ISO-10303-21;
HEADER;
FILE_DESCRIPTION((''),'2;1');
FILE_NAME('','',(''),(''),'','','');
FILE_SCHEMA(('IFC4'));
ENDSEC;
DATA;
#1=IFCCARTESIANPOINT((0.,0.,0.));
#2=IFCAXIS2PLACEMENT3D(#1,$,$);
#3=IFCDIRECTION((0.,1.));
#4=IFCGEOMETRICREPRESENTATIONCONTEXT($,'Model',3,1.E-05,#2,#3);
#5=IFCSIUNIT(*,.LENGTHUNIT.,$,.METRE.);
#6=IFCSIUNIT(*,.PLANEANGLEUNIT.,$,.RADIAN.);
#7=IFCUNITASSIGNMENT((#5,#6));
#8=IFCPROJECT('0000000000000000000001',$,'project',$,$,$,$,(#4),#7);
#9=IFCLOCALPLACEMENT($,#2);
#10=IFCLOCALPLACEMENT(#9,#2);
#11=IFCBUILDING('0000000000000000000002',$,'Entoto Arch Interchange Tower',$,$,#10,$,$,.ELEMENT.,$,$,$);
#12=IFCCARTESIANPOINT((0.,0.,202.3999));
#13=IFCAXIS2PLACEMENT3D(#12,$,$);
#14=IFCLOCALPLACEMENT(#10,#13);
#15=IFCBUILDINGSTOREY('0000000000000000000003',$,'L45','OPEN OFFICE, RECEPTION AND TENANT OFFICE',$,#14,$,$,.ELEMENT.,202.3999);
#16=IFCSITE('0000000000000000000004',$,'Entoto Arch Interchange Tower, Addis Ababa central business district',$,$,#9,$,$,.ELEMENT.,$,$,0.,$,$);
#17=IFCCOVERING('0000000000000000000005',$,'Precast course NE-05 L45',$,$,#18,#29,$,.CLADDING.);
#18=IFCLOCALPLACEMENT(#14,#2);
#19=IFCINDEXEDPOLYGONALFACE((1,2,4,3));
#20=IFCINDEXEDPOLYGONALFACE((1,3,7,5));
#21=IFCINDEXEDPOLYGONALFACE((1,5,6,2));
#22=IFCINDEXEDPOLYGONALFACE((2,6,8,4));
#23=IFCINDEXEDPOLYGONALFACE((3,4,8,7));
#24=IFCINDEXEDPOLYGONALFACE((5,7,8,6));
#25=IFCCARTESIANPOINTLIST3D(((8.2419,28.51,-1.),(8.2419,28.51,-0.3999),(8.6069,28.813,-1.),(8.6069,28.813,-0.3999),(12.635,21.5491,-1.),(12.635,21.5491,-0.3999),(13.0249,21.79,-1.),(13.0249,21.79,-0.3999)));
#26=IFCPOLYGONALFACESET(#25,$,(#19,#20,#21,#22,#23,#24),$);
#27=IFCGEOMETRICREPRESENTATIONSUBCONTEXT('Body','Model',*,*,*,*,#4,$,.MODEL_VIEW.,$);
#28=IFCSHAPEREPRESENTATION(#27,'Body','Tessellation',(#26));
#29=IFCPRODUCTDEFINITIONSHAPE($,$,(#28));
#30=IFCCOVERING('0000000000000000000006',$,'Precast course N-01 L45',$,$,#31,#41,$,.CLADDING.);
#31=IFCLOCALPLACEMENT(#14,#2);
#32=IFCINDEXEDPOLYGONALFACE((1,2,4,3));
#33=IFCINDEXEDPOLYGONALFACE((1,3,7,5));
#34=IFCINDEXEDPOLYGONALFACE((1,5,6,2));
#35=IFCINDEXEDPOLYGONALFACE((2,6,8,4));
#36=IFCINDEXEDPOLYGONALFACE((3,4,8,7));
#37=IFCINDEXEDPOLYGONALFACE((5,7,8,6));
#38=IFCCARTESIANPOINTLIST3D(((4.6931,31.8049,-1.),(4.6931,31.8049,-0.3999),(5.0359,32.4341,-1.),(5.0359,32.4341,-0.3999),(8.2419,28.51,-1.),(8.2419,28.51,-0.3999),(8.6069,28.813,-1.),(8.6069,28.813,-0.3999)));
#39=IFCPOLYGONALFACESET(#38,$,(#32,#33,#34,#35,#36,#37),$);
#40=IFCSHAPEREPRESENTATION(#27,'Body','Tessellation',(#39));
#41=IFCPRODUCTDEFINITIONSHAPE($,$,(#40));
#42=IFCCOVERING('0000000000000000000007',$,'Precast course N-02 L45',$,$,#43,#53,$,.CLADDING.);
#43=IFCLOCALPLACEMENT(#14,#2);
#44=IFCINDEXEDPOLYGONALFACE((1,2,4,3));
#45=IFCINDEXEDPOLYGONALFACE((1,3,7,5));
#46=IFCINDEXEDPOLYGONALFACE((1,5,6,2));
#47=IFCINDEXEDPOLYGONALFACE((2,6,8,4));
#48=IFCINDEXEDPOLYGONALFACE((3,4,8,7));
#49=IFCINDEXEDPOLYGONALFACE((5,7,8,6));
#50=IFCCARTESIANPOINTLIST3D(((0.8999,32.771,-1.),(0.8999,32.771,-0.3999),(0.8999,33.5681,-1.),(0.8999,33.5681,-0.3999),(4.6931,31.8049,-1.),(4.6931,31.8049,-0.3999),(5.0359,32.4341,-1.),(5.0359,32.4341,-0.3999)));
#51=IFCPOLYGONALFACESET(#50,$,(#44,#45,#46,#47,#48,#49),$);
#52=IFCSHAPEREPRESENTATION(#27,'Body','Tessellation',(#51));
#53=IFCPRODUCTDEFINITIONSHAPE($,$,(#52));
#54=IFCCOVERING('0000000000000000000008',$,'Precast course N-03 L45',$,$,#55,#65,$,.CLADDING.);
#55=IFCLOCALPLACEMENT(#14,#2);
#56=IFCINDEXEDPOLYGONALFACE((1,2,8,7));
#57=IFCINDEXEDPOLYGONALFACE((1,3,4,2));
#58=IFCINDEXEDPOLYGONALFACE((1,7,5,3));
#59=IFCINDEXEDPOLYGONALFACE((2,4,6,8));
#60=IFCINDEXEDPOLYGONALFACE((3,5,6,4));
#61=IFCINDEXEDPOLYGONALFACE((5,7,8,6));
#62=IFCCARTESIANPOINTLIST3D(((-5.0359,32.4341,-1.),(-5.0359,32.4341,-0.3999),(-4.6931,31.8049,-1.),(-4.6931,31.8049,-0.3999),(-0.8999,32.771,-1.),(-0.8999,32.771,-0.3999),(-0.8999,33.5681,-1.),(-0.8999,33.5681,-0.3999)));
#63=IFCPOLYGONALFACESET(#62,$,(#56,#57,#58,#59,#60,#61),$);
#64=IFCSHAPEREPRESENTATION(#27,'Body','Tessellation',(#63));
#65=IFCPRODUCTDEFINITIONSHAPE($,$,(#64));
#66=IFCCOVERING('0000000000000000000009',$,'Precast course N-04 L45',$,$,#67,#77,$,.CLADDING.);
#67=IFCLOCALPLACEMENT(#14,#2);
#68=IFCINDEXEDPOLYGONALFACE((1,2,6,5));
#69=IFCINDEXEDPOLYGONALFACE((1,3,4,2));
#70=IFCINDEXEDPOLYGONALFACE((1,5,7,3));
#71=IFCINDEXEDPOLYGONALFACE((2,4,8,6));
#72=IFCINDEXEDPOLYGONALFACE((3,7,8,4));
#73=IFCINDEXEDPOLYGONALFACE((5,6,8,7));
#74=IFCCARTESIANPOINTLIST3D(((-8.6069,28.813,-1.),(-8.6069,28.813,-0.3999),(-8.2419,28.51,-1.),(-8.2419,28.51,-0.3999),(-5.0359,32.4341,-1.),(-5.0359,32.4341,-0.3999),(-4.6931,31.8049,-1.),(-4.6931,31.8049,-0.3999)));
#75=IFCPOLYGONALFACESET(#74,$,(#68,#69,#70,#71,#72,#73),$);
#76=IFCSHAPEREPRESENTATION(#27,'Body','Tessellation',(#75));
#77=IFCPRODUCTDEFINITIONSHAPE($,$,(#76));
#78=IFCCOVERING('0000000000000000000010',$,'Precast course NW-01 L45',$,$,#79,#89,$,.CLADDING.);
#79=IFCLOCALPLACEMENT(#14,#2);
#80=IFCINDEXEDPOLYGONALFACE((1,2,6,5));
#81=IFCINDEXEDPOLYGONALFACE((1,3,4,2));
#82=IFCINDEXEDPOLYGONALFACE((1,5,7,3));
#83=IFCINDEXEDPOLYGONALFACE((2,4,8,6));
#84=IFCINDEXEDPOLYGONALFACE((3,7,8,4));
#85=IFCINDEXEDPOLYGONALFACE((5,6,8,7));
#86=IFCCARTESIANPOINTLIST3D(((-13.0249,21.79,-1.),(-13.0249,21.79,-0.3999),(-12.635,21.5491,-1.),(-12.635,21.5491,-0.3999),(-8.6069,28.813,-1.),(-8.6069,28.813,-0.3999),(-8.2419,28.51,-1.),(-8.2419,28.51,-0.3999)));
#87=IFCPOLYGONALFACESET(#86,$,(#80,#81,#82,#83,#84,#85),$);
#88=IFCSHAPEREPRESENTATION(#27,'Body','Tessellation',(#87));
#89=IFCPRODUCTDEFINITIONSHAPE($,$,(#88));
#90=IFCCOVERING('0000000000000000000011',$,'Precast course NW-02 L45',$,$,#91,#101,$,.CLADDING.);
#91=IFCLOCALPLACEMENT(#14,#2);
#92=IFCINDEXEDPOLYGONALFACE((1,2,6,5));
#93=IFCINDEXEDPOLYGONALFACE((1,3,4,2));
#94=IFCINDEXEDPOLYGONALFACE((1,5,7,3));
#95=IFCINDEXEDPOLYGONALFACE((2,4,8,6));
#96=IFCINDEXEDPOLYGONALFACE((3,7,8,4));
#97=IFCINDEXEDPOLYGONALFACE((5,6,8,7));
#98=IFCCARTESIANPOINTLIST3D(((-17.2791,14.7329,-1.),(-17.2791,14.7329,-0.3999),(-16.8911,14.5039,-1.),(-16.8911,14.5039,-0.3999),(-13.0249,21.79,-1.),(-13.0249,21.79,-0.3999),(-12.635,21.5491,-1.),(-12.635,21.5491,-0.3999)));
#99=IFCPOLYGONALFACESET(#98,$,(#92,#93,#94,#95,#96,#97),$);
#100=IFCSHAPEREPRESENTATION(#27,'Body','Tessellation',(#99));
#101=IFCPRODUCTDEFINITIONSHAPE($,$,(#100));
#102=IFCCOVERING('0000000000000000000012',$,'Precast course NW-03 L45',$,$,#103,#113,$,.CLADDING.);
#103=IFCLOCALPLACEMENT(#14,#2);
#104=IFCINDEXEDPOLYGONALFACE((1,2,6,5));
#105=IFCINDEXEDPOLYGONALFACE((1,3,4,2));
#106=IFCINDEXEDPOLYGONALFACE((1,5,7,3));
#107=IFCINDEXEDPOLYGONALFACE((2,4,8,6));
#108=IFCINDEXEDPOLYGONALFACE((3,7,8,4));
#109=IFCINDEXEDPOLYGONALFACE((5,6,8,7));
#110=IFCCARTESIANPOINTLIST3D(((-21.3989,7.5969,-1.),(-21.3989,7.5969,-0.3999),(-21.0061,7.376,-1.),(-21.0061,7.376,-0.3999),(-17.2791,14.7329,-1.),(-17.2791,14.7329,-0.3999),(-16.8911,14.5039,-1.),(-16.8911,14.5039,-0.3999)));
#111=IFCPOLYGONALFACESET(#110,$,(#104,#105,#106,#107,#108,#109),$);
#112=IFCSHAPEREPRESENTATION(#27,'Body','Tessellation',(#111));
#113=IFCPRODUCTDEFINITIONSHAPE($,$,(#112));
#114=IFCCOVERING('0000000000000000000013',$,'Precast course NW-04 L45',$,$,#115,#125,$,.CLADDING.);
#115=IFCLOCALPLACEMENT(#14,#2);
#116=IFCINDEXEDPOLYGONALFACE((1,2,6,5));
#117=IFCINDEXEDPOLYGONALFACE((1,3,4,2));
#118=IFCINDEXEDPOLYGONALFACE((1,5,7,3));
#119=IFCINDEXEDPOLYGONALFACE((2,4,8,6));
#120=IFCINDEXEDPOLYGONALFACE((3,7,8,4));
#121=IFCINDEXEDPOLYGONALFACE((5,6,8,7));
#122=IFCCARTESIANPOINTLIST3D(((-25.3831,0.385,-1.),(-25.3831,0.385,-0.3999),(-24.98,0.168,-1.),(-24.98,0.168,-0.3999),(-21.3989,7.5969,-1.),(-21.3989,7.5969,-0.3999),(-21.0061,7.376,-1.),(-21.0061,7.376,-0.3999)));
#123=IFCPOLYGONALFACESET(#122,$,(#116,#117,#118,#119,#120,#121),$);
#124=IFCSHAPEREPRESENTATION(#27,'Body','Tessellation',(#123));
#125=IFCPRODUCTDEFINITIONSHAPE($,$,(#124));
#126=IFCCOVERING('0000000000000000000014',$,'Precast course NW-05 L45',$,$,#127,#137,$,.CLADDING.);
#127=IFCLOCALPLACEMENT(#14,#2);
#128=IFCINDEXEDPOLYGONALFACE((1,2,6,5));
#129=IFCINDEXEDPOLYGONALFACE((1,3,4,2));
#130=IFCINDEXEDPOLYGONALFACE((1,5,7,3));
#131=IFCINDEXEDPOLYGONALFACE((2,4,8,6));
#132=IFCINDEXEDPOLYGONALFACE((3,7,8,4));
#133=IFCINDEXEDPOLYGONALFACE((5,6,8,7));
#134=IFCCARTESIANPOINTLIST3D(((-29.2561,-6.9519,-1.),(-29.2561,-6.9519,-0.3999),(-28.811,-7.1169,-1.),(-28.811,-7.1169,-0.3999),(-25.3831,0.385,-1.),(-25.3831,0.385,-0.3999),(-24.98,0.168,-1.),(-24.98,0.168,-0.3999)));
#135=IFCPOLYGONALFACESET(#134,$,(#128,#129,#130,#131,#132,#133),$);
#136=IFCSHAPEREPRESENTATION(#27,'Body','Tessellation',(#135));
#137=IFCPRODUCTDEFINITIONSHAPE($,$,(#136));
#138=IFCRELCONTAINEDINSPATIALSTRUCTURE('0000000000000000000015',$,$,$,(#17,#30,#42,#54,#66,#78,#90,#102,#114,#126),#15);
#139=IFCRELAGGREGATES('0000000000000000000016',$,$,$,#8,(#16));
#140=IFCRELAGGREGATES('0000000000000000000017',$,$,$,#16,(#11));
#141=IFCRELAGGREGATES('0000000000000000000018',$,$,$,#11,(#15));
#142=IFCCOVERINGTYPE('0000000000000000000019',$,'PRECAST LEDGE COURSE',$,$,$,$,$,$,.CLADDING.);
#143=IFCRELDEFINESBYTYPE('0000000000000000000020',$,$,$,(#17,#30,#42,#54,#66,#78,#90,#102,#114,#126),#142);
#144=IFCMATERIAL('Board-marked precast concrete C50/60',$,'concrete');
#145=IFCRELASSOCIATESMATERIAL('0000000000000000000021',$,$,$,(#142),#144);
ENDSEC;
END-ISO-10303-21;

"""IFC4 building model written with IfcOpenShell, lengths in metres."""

from ifc_helpers import new_model, si_unit, direction, frame, origin, place, context, subcontext, project, spatial, polyline, outline, extrude, material, type_object, element, save


model = new_model("IFC4")

# Units and contexts
model_context = context("Model", 3, precision=1e-05, world=origin(), true_north=direction((0.0, 1.0)))
body_context = subcontext(model_context, "Body", "Model", "MODEL_VIEW")
ifc_project = project(units=[si_unit("LENGTHUNIT", "METRE"), si_unit("PLANEANGLEUNIT", "RADIAN")], contexts=[model_context])

# Site, building, storey
site_placement = place(None, origin())
site = spatial("IfcSite", under=ifc_project, at=site_placement, Name="Entoto Arch Interchange Tower, Addis Ababa central business district", CompositionType="ELEMENT", RefElevation=0.0)
building_placement = place(site_placement, origin())
building = spatial("IfcBuilding", under=site, at=building_placement, Name="Entoto Arch Interchange Tower", CompositionType="ELEMENT")
storey_placement = place(building_placement, frame((0.0, 0.0, 202.3999)))
storey = spatial("IfcBuildingStorey", under=building, at=storey_placement, Name="L45", Description="OPEN OFFICE, RECEPTION AND TENANT OFFICE", CompositionType="ELEMENT", Elevation=202.3999)

# Coverings
ifc_material_1 = material(Name="Board-marked precast concrete C50/60", Category="concrete")
covering_type = type_object("IfcCoveringType", Name="PRECAST LEDGE COURSE", PredefinedType="CLADDING", material=ifc_material_1)
covering_1_placement = place(storey_placement, frame((0.0, 0.0, -1.0)))
element("IfcCovering", 1, at=covering_1_placement, inside=storey, type_object=covering_type, Name="Precast course NE-05 L45", PredefinedType="CLADDING", context=body_context, shape_type="SweptSolid", body=[
    extrude(outline(polyline([(8.2419, 28.51), (8.6069, 28.813), (13.0249, 21.79), (12.635, 21.5491), (8.2419, 28.51)])), origin(), (0.0, 0.0, 1.0), 0.6001),
])
covering_2_placement = place(storey_placement, frame((0.0, 0.0, -1.0)))
element("IfcCovering", 2, at=covering_2_placement, inside=storey, type_object=covering_type, Name="Precast course N-01 L45", PredefinedType="CLADDING", context=body_context, shape_type="SweptSolid", body=[
    extrude(outline(polyline([(4.6931, 31.8049), (5.0359, 32.4341), (8.6069, 28.813), (8.2419, 28.51), (4.6931, 31.8049)])), origin(), (0.0, 0.0, 1.0), 0.6001),
])
covering_3_placement = place(storey_placement, frame((0.0, 0.0, -1.0)))
element("IfcCovering", 3, at=covering_3_placement, inside=storey, type_object=covering_type, Name="Precast course N-02 L45", PredefinedType="CLADDING", context=body_context, shape_type="SweptSolid", body=[
    extrude(outline(polyline([(0.8999, 32.771), (0.8999, 33.5681), (5.0359, 32.4341), (4.6931, 31.8049), (0.8999, 32.771)])), origin(), (0.0, 0.0, 1.0), 0.6001),
])
covering_4_placement = place(storey_placement, frame((0.0, 0.0, -1.0)))
element("IfcCovering", 4, at=covering_4_placement, inside=storey, type_object=covering_type, Name="Precast course N-03 L45", PredefinedType="CLADDING", context=body_context, shape_type="SweptSolid", body=[
    extrude(outline(polyline([(-4.6931, 31.8049), (-5.0359, 32.4341), (-0.8999, 33.5681), (-0.8999, 32.771), (-4.6931, 31.8049)])), origin(), (0.0, 0.0, 1.0), 0.6001),
])
covering_5_placement = place(storey_placement, frame((0.0, 0.0, -1.0)))
element("IfcCovering", 5, at=covering_5_placement, inside=storey, type_object=covering_type, Name="Precast course N-04 L45", PredefinedType="CLADDING", context=body_context, shape_type="SweptSolid", body=[
    extrude(outline(polyline([(-8.2419, 28.51), (-8.6069, 28.813), (-5.0359, 32.4341), (-4.6931, 31.8049), (-8.2419, 28.51)])), origin(), (0.0, 0.0, 1.0), 0.6001),
])
covering_6_placement = place(storey_placement, frame((0.0, 0.0, -1.0)))
element("IfcCovering", 6, at=covering_6_placement, inside=storey, type_object=covering_type, Name="Precast course NW-01 L45", PredefinedType="CLADDING", context=body_context, shape_type="SweptSolid", body=[
    extrude(outline(polyline([(-12.635, 21.5491), (-13.0249, 21.79), (-8.6069, 28.813), (-8.2419, 28.51), (-12.635, 21.5491)])), origin(), (0.0, 0.0, 1.0), 0.6001),
])
covering_7_placement = place(storey_placement, frame((0.0, 0.0, -1.0)))
element("IfcCovering", 7, at=covering_7_placement, inside=storey, type_object=covering_type, Name="Precast course NW-02 L45", PredefinedType="CLADDING", context=body_context, shape_type="SweptSolid", body=[
    extrude(outline(polyline([(-16.8911, 14.5039), (-17.2791, 14.7329), (-13.0249, 21.79), (-12.635, 21.5491), (-16.8911, 14.5039)])), origin(), (0.0, 0.0, 1.0), 0.6001),
])
covering_8_placement = place(storey_placement, frame((0.0, 0.0, -1.0)))
element("IfcCovering", 8, at=covering_8_placement, inside=storey, type_object=covering_type, Name="Precast course NW-03 L45", PredefinedType="CLADDING", context=body_context, shape_type="SweptSolid", body=[
    extrude(outline(polyline([(-21.0061, 7.376), (-21.3989, 7.5969), (-17.2791, 14.7329), (-16.8911, 14.5039), (-21.0061, 7.376)])), origin(), (0.0, 0.0, 1.0), 0.6001),
])
covering_9_placement = place(storey_placement, frame((0.0, 0.0, -1.0)))
element("IfcCovering", 9, at=covering_9_placement, inside=storey, type_object=covering_type, Name="Precast course NW-04 L45", PredefinedType="CLADDING", context=body_context, shape_type="SweptSolid", body=[
    extrude(outline(polyline([(-24.98, 0.168), (-25.3831, 0.385), (-21.3989, 7.5969), (-21.0061, 7.376), (-24.98, 0.168)])), origin(), (0.0, 0.0, 1.0), 0.6001),
])
covering_10_placement = place(storey_placement, frame((0.0, 0.0, -1.0)))
element("IfcCovering", 10, at=covering_10_placement, inside=storey, type_object=covering_type, Name="Precast course NW-05 L45", PredefinedType="CLADDING", context=body_context, shape_type="SweptSolid", body=[
    extrude(outline(polyline([(-28.811, -7.1169), (-29.2561, -6.9519), (-25.3831, 0.385), (-24.98, 0.168), (-28.811, -7.1169)])), origin(), (0.0, 0.0, 1.0), 0.6001),
])

save(model, "model.ifc")
